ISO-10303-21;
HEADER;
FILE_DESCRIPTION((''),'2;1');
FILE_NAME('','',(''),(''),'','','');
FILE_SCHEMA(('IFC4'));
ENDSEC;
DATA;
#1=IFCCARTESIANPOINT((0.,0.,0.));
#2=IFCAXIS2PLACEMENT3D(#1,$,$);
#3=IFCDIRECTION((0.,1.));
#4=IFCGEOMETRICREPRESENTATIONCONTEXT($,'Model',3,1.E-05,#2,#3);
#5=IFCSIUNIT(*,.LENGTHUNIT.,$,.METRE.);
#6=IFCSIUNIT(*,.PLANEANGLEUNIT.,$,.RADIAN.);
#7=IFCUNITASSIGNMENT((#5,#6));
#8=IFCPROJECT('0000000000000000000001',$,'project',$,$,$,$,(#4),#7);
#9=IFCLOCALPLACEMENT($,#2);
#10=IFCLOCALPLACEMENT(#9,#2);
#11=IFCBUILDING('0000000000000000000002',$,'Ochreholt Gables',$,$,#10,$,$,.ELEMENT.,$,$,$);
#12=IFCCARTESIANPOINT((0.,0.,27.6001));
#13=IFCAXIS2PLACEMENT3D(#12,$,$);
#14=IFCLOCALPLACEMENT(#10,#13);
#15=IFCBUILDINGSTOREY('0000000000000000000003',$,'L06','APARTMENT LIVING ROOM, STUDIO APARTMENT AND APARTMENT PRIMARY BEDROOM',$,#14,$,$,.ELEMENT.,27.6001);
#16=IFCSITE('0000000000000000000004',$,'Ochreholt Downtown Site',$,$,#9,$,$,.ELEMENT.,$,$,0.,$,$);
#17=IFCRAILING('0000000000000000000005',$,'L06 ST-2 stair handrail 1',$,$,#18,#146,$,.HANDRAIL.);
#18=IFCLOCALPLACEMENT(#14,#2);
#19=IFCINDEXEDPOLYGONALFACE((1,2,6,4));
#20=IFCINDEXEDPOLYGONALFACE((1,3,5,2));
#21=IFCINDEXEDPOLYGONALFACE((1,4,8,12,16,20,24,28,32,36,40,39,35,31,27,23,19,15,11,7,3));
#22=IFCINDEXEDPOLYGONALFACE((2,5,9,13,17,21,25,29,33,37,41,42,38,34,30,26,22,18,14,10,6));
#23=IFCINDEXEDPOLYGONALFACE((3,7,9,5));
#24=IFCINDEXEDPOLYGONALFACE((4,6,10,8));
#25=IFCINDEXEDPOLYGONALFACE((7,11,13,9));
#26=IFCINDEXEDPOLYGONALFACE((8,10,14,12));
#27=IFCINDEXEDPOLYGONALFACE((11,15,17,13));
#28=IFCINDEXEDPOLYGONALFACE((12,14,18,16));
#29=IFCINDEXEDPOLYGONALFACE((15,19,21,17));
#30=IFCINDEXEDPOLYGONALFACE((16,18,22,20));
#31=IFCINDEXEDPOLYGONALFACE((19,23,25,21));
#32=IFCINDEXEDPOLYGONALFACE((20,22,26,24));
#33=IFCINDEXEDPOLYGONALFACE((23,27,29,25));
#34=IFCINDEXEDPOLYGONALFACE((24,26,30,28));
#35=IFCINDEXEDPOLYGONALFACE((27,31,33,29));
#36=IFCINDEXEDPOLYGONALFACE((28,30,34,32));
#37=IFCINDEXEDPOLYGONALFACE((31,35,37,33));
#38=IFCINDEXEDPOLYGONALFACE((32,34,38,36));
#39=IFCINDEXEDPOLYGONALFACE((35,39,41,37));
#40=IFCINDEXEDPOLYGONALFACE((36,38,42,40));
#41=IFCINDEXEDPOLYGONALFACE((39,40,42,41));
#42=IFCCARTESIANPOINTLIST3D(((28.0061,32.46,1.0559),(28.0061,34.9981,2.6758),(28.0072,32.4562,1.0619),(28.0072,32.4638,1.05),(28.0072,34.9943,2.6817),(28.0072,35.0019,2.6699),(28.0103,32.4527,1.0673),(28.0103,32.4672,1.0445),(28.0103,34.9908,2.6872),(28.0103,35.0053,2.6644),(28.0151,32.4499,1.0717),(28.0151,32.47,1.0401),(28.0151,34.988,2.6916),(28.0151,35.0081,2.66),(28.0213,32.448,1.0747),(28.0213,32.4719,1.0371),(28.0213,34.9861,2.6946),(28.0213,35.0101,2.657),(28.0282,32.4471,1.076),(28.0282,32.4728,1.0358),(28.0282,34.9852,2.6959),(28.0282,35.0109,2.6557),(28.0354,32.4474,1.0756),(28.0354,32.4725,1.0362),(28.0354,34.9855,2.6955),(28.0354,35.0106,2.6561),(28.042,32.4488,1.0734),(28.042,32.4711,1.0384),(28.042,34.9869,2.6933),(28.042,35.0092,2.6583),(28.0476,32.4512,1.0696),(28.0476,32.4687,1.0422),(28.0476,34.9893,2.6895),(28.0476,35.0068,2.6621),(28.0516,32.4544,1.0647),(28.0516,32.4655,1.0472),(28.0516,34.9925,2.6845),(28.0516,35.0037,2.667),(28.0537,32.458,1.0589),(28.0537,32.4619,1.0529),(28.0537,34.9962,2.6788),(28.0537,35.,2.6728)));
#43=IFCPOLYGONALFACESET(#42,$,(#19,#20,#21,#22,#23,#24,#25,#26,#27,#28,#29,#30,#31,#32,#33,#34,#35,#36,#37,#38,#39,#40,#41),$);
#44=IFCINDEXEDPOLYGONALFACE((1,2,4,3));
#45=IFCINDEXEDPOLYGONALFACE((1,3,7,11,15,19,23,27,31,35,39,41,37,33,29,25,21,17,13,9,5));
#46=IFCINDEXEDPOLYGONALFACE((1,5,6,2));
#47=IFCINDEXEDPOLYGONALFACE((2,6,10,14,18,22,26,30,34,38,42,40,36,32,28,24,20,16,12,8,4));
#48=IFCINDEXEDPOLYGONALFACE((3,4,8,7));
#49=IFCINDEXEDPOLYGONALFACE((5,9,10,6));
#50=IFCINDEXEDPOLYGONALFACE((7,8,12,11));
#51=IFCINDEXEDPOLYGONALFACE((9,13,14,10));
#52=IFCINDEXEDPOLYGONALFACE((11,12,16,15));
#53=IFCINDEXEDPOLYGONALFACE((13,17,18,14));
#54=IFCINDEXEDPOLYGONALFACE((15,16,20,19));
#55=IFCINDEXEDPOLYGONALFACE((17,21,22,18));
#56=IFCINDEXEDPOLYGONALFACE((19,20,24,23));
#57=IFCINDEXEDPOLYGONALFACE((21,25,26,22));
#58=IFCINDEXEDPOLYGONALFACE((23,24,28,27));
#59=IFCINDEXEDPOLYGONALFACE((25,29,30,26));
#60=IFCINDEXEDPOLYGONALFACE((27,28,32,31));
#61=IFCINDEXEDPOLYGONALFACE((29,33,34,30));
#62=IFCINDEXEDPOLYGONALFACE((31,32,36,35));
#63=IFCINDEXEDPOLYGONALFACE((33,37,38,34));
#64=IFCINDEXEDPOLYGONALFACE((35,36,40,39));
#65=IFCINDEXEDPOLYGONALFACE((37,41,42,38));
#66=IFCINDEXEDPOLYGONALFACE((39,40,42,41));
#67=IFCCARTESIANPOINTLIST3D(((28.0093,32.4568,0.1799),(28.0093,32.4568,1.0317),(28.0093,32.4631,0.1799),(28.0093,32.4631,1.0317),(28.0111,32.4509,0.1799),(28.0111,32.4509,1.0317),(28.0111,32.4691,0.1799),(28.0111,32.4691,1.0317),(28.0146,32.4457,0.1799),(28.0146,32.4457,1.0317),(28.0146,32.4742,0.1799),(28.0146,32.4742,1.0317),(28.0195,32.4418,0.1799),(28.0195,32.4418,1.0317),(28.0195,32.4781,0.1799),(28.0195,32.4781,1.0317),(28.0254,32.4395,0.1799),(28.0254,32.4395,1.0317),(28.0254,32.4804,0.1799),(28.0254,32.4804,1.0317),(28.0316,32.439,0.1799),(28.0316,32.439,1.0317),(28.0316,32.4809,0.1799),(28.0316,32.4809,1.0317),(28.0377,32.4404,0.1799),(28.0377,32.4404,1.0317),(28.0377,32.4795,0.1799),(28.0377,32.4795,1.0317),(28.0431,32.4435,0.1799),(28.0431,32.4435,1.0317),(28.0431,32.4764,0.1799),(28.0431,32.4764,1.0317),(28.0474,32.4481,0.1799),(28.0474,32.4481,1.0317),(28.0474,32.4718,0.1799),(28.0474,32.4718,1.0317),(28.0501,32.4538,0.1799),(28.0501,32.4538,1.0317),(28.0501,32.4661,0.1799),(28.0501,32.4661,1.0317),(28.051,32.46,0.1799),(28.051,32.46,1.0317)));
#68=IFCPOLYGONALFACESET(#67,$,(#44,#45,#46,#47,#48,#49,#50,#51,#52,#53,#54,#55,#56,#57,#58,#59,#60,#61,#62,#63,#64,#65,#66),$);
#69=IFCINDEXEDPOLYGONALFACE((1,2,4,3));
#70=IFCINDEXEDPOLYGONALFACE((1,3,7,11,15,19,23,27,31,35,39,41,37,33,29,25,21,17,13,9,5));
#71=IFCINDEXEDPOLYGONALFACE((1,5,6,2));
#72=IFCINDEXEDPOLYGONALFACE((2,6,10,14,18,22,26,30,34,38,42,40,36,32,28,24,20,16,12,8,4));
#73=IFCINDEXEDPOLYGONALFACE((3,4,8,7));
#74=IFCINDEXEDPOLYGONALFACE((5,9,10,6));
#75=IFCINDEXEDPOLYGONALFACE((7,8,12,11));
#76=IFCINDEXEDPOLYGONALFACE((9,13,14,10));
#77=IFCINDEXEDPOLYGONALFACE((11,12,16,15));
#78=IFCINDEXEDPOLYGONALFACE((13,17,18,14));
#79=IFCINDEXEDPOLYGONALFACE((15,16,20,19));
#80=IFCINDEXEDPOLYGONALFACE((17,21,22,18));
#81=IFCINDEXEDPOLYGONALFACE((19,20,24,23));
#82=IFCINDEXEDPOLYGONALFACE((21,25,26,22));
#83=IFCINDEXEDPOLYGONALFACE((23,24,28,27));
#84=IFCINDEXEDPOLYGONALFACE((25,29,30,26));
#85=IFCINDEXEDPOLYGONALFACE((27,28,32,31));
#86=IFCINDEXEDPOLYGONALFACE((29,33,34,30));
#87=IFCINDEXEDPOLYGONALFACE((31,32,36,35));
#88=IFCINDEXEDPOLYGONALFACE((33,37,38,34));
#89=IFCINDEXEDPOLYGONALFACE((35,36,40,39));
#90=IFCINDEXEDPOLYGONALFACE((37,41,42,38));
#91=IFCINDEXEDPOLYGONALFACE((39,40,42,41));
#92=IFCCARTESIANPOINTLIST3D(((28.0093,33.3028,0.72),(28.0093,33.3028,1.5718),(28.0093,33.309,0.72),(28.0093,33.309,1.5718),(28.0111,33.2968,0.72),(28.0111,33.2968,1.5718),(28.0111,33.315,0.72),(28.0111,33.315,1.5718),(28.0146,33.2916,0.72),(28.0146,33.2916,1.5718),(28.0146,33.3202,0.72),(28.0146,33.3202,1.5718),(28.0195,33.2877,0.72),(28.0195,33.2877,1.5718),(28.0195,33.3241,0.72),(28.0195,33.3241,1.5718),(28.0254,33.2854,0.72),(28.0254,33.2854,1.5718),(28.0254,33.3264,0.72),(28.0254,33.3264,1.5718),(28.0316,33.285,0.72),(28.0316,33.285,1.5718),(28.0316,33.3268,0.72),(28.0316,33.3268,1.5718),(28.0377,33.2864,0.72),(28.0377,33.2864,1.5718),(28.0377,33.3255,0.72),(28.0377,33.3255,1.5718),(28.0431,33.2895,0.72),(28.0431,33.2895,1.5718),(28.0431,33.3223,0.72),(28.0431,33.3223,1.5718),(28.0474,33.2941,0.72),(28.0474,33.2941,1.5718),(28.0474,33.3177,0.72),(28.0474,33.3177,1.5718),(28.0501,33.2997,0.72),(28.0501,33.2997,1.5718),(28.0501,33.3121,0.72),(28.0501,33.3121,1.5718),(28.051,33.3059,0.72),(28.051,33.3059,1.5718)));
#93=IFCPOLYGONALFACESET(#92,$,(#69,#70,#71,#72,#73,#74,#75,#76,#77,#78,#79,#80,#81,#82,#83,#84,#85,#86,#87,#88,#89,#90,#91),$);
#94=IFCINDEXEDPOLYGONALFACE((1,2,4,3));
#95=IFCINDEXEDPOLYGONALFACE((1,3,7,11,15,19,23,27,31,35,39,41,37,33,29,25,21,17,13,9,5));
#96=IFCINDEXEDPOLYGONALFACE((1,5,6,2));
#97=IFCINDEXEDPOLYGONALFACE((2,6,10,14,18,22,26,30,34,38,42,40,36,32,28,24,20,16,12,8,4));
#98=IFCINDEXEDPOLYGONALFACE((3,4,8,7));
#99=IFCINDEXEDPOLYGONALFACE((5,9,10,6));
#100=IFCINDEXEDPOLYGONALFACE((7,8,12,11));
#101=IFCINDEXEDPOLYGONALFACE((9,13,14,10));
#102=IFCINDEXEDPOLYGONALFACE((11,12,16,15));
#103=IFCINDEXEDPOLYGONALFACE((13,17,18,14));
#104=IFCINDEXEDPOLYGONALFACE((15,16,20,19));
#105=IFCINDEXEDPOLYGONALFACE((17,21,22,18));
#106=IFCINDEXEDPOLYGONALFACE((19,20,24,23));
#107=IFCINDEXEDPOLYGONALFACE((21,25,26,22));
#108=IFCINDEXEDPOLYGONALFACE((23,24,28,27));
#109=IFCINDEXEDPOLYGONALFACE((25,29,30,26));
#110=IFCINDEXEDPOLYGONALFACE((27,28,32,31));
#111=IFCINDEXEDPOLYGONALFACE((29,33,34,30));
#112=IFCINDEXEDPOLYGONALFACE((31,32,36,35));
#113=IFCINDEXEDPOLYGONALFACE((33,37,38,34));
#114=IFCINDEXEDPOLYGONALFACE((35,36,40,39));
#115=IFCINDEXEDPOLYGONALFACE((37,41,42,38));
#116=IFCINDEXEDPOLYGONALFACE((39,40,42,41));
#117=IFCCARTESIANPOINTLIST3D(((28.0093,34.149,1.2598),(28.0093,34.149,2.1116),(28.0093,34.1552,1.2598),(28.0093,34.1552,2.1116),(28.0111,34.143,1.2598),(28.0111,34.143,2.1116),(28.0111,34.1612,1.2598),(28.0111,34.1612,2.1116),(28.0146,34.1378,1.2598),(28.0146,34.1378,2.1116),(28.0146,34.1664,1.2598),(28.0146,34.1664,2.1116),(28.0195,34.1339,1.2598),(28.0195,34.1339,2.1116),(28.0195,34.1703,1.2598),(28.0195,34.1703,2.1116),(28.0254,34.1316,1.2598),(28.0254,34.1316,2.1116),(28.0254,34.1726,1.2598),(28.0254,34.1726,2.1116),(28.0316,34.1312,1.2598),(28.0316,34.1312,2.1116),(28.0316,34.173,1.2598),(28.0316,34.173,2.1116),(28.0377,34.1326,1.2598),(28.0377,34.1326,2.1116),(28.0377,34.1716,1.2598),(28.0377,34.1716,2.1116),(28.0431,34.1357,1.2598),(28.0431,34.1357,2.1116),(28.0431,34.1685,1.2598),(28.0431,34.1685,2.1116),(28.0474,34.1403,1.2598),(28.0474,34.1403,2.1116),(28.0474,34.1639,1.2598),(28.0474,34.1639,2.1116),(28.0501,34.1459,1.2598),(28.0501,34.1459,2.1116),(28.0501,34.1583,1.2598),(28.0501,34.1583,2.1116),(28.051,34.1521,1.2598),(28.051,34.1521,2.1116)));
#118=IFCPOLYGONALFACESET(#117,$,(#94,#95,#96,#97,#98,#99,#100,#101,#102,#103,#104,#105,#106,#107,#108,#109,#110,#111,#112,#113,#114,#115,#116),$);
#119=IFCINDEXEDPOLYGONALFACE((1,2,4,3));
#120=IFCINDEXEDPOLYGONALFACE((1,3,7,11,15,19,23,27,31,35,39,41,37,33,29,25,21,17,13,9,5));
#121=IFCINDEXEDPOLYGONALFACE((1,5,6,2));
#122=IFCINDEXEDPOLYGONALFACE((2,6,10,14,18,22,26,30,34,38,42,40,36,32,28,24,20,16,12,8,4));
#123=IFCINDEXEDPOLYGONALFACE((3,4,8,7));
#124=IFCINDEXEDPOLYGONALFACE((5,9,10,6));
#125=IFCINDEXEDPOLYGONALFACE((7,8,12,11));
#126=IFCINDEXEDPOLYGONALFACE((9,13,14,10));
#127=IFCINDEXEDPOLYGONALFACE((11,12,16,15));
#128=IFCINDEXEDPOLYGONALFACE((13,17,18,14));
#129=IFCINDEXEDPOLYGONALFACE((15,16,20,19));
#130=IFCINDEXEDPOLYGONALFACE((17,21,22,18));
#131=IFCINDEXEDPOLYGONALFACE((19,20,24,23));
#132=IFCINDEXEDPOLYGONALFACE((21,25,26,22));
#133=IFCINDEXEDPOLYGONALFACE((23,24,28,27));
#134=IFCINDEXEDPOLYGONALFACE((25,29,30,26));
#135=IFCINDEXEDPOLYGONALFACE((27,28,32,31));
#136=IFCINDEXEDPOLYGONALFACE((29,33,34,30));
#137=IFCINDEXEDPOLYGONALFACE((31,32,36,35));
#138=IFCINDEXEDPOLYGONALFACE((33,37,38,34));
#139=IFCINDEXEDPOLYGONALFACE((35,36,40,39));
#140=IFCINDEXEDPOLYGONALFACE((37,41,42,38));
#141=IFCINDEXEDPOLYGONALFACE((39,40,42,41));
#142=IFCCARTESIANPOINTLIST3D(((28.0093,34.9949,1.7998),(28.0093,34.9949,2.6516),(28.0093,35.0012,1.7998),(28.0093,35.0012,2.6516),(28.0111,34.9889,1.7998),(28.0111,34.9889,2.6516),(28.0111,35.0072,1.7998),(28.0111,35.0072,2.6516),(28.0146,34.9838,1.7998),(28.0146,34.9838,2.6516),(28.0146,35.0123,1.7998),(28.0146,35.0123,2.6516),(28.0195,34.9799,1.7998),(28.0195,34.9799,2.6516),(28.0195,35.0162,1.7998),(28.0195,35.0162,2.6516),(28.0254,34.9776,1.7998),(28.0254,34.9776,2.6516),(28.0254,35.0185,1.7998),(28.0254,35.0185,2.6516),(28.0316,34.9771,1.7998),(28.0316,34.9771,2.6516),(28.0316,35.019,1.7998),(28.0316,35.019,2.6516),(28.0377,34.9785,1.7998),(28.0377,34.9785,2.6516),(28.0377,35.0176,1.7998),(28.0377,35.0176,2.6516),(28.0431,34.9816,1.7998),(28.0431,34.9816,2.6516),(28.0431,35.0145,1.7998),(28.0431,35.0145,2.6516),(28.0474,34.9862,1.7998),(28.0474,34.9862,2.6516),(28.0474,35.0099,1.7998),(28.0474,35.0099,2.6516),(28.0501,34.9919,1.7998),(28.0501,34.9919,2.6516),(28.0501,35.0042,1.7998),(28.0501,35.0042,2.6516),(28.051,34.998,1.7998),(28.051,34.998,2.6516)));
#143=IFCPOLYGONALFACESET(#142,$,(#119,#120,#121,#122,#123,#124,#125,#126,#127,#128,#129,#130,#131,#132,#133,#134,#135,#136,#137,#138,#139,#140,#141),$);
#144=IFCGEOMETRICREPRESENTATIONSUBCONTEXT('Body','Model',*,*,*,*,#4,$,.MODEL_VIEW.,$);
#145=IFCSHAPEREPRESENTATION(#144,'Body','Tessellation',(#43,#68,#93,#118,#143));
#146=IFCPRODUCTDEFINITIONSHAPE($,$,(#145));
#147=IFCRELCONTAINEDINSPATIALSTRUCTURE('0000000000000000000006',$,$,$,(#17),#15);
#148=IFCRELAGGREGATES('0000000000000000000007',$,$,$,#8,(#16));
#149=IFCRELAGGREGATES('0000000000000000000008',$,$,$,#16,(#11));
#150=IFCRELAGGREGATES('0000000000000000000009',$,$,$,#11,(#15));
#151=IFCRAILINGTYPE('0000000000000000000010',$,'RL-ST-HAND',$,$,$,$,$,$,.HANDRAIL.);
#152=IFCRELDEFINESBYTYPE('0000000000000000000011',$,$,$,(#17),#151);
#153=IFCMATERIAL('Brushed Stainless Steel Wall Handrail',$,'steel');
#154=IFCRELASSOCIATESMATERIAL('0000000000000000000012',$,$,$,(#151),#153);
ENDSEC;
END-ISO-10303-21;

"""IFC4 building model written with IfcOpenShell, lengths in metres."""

from ifc_helpers import new_model, si_unit, direction, frame, origin, origin_2d, place, context, subcontext, project, spatial, circle, extrude, material, type_object, element, save


model = new_model("IFC4")

# Units and contexts
model_context = context("Model", 3, precision=1e-05, world=origin(), true_north=direction((0.0, 1.0)))
body_context = subcontext(model_context, "Body", "Model", "MODEL_VIEW")
ifc_project = project(units=[si_unit("LENGTHUNIT", "METRE"), si_unit("PLANEANGLEUNIT", "RADIAN")], contexts=[model_context])

# Site, building, storey
site_placement = place(None, origin())
site = spatial("IfcSite", under=ifc_project, at=site_placement, Name="Ochreholt Downtown Site", CompositionType="ELEMENT", RefElevation=0.0)
building_placement = place(site_placement, origin())
building = spatial("IfcBuilding", under=site, at=building_placement, Name="Ochreholt Gables", CompositionType="ELEMENT")
storey_placement = place(building_placement, frame((0.0, 0.0, 27.6001)))
storey = spatial("IfcBuildingStorey", under=building, at=storey_placement, Name="L06", Description="APARTMENT LIVING ROOM, STUDIO APARTMENT AND APARTMENT PRIMARY BEDROOM", CompositionType="ELEMENT", Elevation=27.6001)

# Railing
ifc_material_1 = material(Name="Brushed Stainless Steel Wall Handrail", Category="steel")
railing_type_1 = type_object("IfcRailingType", Name="RL-ST-HAND", PredefinedType="HANDRAIL", material=ifc_material_1)
railing_1_placement = place(storey_placement, frame((28.03, 32.46, 0.1799)))
element("IfcRailing", 1, at=railing_1_placement, inside=storey, type_object=railing_type_1, Name="L06 ST-2 stair handrail 1", PredefinedType="HANDRAIL", context=body_context, shape_type="SweptSolid", body=[
    extrude(circle(Radius=0.0239, at=origin_2d()), frame((0.0, 0.0, 0.876), z_axis=(0.0, 0.84295, 0.537993), x_axis=(-1.0, 0.0, 0.0)), (0.0, 0.0, 1.0), 3.011),
    extrude(circle(Radius=0.021, at=origin_2d()), origin(), (0.0, 0.0, 1.0), 0.8518),
    extrude(circle(Radius=0.021, at=origin_2d()), frame((0.0, 0.8459, 0.54)), (0.0, 0.0, 1.0), 0.8518),
    extrude(circle(Radius=0.021, at=origin_2d()), frame((0.0, 1.6921, 1.0798)), (0.0, 0.0, 1.0), 0.8518),
    extrude(circle(Radius=0.021, at=origin_2d()), frame((0.0, 2.5381, 1.6199)), (0.0, 0.0, 1.0), 0.8518),
])

save(model, "model.ifc")
